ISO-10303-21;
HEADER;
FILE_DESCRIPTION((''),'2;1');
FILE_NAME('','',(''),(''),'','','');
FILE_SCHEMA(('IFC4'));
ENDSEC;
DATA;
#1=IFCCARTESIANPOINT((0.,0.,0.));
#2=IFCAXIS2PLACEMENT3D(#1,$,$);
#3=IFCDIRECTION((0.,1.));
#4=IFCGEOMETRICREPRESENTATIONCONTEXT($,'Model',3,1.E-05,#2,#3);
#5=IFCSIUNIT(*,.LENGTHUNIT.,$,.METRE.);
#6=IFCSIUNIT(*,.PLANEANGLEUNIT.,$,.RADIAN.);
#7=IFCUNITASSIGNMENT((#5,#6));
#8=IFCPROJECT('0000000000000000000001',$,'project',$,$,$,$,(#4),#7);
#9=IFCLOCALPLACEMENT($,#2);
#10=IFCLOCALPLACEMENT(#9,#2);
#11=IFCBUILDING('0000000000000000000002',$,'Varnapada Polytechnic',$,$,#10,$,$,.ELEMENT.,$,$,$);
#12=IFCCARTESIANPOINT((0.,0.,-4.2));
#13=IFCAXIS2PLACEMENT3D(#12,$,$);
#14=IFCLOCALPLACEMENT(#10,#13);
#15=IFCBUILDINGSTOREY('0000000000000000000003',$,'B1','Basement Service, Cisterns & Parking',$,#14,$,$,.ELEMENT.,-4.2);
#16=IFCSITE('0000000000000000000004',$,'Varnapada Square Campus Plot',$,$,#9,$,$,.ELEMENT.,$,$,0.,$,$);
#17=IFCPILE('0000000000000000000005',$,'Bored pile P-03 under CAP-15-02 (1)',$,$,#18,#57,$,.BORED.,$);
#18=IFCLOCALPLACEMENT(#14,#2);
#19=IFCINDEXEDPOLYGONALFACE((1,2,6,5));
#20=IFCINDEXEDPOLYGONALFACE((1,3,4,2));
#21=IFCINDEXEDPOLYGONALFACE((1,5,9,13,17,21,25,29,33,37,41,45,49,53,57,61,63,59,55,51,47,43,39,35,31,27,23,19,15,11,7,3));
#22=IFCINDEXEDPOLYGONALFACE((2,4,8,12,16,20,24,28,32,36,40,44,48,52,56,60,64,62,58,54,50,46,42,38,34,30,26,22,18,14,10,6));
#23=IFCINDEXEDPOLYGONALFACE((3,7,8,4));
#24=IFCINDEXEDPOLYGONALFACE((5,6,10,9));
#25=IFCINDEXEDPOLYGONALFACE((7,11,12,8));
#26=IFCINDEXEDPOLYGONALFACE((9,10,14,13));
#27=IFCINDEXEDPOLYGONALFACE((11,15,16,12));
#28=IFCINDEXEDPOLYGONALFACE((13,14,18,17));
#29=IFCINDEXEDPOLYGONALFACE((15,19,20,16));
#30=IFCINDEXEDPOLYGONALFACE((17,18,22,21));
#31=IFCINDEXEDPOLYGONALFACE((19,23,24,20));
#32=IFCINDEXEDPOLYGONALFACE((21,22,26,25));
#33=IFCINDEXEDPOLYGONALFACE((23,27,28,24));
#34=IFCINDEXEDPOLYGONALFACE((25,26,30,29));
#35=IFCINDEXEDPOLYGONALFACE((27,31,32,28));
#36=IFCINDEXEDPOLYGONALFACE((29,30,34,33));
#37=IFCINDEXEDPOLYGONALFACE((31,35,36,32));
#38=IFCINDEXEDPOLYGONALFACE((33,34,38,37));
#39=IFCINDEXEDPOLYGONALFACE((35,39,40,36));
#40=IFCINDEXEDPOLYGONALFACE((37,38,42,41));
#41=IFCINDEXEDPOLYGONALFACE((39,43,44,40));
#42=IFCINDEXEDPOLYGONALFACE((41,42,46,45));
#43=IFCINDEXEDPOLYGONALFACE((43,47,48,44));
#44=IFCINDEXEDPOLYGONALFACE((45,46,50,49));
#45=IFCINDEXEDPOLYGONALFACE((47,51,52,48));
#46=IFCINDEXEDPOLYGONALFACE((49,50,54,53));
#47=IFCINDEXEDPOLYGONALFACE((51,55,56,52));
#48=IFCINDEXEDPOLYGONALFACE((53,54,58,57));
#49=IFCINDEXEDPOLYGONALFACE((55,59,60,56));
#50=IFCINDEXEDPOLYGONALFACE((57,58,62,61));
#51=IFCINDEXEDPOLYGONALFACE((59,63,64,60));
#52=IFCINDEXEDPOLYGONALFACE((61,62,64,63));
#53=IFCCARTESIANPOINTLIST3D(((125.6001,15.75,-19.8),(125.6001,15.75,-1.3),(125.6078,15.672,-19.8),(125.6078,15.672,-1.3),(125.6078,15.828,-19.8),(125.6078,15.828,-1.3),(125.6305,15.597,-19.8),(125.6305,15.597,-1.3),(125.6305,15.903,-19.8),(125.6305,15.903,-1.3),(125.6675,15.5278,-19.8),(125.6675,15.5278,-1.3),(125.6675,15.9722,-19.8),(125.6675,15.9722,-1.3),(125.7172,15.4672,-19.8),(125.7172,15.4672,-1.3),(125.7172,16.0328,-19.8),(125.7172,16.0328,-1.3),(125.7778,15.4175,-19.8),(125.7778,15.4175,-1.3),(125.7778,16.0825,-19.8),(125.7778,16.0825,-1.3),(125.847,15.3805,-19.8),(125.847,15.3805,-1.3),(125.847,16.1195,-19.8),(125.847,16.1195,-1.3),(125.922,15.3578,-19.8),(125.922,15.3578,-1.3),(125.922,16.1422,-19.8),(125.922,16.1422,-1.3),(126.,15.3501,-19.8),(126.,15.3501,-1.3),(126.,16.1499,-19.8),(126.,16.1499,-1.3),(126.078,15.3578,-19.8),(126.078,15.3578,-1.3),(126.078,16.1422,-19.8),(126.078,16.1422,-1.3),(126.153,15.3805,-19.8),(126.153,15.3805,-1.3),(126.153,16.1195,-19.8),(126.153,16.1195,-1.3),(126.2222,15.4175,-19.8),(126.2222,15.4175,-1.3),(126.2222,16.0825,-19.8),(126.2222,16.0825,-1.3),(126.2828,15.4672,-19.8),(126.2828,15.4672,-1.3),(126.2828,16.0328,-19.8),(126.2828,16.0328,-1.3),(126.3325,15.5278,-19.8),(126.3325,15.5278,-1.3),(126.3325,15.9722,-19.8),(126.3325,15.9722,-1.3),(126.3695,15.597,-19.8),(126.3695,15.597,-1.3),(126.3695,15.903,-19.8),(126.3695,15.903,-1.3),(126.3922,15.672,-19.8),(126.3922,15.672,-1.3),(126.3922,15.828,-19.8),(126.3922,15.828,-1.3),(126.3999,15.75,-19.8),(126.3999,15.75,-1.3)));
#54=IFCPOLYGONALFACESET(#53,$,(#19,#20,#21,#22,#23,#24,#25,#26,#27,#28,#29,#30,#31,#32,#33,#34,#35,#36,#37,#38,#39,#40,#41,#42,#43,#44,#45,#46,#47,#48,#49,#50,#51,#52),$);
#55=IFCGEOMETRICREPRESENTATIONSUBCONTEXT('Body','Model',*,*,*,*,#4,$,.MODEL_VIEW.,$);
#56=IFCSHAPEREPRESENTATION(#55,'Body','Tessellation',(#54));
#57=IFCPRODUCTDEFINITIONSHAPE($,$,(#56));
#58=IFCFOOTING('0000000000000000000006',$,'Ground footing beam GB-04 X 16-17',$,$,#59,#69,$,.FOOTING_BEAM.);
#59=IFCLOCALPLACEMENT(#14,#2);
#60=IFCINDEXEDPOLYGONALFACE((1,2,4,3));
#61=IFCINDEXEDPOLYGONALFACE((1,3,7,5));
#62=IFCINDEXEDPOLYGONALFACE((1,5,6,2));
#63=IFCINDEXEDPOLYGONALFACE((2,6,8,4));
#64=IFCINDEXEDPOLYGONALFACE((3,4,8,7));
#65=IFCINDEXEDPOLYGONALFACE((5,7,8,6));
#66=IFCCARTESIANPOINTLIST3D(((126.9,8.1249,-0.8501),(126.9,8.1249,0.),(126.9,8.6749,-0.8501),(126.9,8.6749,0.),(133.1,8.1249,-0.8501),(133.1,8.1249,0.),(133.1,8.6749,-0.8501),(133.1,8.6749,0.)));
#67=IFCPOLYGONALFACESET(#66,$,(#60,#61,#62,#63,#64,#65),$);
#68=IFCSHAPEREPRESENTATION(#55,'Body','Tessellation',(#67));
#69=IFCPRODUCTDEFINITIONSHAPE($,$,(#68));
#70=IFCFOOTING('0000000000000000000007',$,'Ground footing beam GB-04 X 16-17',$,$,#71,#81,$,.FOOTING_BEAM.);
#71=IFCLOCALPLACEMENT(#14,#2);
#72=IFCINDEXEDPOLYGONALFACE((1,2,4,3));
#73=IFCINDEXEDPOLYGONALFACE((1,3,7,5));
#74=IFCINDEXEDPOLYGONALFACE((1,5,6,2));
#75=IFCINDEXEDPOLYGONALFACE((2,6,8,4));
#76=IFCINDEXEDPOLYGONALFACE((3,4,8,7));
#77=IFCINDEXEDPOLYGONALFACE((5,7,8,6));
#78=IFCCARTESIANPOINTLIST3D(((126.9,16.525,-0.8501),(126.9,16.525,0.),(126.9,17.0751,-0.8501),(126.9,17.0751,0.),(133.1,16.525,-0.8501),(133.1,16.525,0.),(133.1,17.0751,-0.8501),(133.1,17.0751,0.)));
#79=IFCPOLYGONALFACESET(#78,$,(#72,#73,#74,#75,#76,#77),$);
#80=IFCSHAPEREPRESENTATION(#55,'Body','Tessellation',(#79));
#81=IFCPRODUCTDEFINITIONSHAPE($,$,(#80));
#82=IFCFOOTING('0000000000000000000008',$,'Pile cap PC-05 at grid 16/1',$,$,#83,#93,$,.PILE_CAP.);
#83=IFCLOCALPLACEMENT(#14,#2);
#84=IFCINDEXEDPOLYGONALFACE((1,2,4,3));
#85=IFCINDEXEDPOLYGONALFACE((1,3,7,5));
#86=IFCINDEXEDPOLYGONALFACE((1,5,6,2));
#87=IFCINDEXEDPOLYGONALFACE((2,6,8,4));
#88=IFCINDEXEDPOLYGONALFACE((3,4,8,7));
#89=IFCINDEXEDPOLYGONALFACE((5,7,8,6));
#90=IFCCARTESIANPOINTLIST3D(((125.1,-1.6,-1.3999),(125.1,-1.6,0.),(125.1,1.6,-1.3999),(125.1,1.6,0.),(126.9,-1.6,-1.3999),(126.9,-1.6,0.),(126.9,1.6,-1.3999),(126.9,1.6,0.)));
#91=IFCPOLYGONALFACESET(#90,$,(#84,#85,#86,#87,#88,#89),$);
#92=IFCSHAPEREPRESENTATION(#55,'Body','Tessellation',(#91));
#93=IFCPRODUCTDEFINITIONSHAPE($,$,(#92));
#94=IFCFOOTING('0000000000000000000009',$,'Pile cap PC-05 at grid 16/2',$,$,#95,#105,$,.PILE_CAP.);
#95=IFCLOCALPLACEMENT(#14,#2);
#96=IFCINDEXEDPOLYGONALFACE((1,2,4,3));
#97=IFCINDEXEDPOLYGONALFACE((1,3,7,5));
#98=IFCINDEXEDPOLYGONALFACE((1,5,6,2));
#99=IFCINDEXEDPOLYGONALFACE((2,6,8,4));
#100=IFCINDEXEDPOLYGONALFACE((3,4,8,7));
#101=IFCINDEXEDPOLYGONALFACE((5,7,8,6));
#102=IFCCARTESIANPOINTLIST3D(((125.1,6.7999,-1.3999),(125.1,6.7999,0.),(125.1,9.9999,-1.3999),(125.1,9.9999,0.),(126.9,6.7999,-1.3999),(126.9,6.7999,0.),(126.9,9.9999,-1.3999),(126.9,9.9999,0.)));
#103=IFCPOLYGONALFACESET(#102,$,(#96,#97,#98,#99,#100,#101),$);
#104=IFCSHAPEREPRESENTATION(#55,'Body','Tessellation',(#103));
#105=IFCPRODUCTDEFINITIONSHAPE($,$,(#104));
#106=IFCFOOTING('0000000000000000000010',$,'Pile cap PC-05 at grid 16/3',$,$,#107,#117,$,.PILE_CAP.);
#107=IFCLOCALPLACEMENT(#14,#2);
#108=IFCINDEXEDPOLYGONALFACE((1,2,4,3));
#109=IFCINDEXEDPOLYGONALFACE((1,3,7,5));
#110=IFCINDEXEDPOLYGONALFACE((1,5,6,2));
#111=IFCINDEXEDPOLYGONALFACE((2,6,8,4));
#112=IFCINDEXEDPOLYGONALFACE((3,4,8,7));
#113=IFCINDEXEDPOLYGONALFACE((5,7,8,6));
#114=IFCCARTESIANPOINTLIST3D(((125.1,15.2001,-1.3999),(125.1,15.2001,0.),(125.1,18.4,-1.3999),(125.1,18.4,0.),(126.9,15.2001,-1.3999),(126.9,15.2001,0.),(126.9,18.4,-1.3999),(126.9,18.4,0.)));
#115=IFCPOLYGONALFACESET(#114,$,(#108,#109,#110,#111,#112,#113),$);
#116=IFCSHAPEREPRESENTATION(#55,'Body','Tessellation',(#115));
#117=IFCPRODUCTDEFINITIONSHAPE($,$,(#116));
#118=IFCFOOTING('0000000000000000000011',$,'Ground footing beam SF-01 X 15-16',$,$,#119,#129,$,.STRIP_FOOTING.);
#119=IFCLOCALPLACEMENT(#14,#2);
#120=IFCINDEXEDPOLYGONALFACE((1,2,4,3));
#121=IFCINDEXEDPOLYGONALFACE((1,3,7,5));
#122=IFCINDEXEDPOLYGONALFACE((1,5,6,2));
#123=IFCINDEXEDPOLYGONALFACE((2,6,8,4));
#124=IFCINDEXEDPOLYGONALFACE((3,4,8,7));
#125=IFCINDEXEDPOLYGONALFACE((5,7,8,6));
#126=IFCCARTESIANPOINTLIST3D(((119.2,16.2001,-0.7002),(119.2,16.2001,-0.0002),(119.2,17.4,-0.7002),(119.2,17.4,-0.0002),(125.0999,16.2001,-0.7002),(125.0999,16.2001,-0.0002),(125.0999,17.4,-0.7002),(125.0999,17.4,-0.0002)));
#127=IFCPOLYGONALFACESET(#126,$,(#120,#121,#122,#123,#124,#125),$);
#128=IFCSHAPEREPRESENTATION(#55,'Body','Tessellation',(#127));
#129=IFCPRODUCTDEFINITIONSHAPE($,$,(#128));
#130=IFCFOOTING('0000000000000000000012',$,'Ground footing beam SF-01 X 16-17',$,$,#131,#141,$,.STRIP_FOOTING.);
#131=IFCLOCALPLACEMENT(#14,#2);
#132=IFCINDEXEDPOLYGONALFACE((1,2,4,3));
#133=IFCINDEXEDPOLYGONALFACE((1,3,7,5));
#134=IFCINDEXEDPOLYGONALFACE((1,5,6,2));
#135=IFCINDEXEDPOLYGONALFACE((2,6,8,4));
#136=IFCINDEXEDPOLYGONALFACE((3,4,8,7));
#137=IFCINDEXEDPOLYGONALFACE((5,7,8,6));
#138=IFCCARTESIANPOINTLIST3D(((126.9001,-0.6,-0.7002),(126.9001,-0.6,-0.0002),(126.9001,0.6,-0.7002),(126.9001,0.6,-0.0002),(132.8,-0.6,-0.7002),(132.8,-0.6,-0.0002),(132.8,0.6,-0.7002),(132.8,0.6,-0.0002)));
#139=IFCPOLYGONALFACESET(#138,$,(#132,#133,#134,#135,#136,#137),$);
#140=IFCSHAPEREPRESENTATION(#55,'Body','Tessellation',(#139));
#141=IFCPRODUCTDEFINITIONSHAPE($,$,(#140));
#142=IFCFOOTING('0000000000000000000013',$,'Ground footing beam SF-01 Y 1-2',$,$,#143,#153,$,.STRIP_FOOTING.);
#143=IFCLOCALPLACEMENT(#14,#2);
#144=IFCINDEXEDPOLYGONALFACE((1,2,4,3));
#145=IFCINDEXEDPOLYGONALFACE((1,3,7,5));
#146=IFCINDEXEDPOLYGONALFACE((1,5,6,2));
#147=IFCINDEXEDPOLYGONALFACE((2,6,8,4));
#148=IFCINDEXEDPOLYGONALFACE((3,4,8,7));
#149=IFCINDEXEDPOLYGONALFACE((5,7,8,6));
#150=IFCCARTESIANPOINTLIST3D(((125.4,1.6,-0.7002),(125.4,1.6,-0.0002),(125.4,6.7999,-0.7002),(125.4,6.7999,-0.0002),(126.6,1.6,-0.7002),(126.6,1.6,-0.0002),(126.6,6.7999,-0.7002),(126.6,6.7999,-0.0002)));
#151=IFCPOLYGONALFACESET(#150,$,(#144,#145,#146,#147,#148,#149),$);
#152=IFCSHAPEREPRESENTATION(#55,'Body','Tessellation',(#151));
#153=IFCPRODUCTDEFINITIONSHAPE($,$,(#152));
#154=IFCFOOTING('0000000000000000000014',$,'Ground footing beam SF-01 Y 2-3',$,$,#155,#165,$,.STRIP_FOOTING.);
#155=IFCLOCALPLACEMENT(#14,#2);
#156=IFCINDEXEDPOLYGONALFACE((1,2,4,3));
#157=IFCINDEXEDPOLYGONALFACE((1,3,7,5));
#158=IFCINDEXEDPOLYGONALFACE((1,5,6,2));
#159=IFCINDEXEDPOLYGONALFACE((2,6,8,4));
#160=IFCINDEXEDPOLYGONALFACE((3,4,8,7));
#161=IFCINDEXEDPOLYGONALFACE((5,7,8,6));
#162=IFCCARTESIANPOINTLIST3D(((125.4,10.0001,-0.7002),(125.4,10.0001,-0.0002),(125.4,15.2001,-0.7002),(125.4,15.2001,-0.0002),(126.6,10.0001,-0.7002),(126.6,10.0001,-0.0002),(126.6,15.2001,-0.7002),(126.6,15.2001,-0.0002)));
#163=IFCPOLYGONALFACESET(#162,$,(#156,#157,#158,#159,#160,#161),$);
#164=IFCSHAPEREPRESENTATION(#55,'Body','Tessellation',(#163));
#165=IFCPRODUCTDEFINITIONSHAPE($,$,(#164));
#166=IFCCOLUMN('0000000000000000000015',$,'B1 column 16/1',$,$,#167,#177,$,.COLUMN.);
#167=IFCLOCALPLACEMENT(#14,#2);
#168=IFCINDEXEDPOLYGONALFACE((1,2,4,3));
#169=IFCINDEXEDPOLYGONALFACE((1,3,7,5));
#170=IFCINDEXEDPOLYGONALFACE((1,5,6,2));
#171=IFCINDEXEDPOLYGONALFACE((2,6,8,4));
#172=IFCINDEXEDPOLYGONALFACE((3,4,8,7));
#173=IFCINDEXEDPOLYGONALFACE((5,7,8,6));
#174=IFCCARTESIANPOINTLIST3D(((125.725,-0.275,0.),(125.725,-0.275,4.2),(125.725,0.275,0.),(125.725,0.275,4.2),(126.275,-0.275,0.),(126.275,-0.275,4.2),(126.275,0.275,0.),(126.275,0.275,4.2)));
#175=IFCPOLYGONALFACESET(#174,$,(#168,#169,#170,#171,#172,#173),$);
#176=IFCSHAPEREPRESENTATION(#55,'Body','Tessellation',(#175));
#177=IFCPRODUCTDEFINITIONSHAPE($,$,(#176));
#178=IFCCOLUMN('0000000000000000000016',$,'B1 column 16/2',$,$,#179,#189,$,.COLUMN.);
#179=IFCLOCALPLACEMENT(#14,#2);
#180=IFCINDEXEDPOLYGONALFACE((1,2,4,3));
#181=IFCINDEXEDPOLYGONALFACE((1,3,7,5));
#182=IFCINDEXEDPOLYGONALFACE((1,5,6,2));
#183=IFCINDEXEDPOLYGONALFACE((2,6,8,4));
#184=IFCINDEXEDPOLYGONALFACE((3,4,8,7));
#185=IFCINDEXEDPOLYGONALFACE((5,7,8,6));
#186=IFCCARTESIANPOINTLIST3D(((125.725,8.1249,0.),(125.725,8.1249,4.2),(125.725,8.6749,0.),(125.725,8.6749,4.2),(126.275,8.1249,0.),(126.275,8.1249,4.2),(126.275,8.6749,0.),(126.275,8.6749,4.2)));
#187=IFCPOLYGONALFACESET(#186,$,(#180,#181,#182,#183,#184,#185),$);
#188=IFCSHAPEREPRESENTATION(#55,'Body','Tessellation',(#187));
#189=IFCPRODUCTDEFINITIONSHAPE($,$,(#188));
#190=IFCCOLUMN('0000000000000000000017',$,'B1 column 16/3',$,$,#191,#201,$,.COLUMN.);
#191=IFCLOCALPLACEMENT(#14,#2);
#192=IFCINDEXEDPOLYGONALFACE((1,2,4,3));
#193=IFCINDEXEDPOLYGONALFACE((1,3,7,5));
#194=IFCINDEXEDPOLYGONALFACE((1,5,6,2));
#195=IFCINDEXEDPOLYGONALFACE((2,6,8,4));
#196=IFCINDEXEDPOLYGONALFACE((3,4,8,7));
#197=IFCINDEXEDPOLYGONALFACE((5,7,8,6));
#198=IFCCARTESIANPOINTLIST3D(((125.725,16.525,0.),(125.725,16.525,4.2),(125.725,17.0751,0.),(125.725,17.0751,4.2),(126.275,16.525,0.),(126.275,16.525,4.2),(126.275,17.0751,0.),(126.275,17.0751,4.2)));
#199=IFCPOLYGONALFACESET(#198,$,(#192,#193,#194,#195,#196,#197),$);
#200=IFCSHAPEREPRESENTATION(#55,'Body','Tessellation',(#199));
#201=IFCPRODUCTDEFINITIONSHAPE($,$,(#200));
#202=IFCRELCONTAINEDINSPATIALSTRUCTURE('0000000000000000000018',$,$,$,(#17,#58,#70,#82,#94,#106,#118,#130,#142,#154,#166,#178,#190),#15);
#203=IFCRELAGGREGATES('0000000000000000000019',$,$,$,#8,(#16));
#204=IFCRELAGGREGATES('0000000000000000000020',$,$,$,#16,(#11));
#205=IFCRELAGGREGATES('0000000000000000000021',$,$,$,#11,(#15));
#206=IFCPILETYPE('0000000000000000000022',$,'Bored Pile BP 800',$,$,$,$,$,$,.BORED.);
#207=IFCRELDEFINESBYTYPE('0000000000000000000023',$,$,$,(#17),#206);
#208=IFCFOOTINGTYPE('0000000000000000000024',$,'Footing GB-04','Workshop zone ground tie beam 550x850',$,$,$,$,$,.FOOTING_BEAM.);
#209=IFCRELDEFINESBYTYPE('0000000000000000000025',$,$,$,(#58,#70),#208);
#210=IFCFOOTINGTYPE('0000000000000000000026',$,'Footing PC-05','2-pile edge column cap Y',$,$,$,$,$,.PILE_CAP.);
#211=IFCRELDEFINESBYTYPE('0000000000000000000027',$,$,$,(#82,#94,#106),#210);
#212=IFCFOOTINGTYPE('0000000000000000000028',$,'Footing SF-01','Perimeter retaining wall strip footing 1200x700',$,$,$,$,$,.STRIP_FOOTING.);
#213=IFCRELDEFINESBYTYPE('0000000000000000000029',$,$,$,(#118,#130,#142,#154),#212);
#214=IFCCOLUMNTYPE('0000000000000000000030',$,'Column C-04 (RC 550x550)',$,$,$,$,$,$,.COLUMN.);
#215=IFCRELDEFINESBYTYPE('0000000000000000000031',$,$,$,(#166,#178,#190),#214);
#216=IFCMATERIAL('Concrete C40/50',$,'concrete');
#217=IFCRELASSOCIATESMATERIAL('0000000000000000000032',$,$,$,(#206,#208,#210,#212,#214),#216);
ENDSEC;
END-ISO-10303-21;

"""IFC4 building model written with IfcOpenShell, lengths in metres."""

from ifc_helpers import new_model, si_unit, direction, frame, origin, origin_2d, place, context, subcontext, project, spatial, rectangle, circle, extrude, material, material_profile, profile_set, type_object, element, save


model = new_model("IFC4")

# Units and contexts
model_context = context("Model", 3, precision=1e-05, world=origin(), true_north=direction((0.0, 1.0)))
body_context = subcontext(model_context, "Body", "Model", "MODEL_VIEW")
ifc_project = project(units=[si_unit("LENGTHUNIT", "METRE"), si_unit("PLANEANGLEUNIT", "RADIAN")], contexts=[model_context])

# Site, building, storey
site_placement = place(None, origin())
site = spatial("IfcSite", under=ifc_project, at=site_placement, Name="Varnapada Square Campus Plot", CompositionType="ELEMENT", RefElevation=0.0)
building_placement = place(site_placement, origin())
building = spatial("IfcBuilding", under=site, at=building_placement, Name="Varnapada Polytechnic", CompositionType="ELEMENT")
storey_placement = place(building_placement, frame((0.0, 0.0, -4.2)))
storey = spatial("IfcBuildingStorey", under=building, at=storey_placement, Name="B1", Description="Basement Service, Cisterns & Parking", CompositionType="ELEMENT", Elevation=-4.2)

# Pile
ifc_material_1 = material(Name="Concrete C40/50", Category="concrete")
ifc_material_profile_1 = material_profile(ifc_material_1, circle(Radius=0.3999, at=origin_2d()), Name="BP 800")
ifc_profile_set_1 = profile_set([ifc_material_profile_1], Name="Concrete C40/50")
pile_type = type_object("IfcPileType", Name="Bored Pile BP 800", PredefinedType="BORED", material=ifc_profile_set_1)
for number, where, z_axis, x_axis, name in (
    (1, (126.0, 15.75, -1.3), (0.0, 0.0, -1.0), (1.0, 0.0, 0.0), "Bored pile P-03 under CAP-15-02 (1)"),
):
    element("IfcPile", number, at=place(storey_placement, frame(where, z_axis=z_axis, x_axis=x_axis)), inside=storey, type_object=pile_type, Name=name, PredefinedType="BORED", context=body_context, shape_type="SweptSolid", body=[
        extrude(circle(Radius=0.3999, at=origin_2d()), origin(), (0.0, 0.0, 1.0), 18.5),
    ])

# Footings
footing_type_1 = type_object("IfcFootingType", Name="Footing GB-04", Description="Workshop zone ground tie beam 550x850", PredefinedType="FOOTING_BEAM", material=ifc_material_1)
for number, where, z_axis, x_axis, name in (
    (2, (130.0, 8.3999, -0.8501), (0.0, 0.0, 1.0), (1.0, 0.0, 0.0), "Ground footing beam GB-04 X 16-17"),
    (3, (130.0, 16.8, -0.8501), (0.0, 0.0, 1.0), (1.0, 0.0, 0.0), "Ground footing beam GB-04 X 16-17"),
):
    element("IfcFooting", number, at=place(storey_placement, frame(where, z_axis=z_axis, x_axis=x_axis)), inside=storey, type_object=footing_type_1, Name=name, PredefinedType="FOOTING_BEAM", context=body_context, shape_type="SweptSolid", body=[
        extrude(rectangle(XDim=6.2, YDim=0.55, at=origin_2d()), origin(), (0.0, 0.0, 1.0), 0.8501),
    ])
footing_type_2 = type_object("IfcFootingType", Name="Footing PC-05", Description="2-pile edge column cap Y", PredefinedType="PILE_CAP", material=ifc_material_1)
for number, where, z_axis, x_axis, name in (
    (4, (126.0, 0.0, -1.3999), (0.0, 0.0, 1.0), (1.0, 0.0, 0.0), "Pile cap PC-05 at grid 16/1"),
    (5, (126.0, 8.3999, -1.3999), (0.0, 0.0, 1.0), (1.0, 0.0, 0.0), "Pile cap PC-05 at grid 16/2"),
    (6, (126.0, 16.8, -1.3999), (0.0, 0.0, 1.0), (1.0, 0.0, 0.0), "Pile cap PC-05 at grid 16/3"),
):
    element("IfcFooting", number, at=place(storey_placement, frame(where, z_axis=z_axis, x_axis=x_axis)), inside=storey, type_object=footing_type_2, Name=name, PredefinedType="PILE_CAP", context=body_context, shape_type="SweptSolid", body=[
        extrude(rectangle(XDim=1.8, YDim=3.2, at=origin_2d()), origin(), (0.0, 0.0, 1.0), 1.3999),
    ])
footing_type_3 = type_object("IfcFootingType", Name="Footing SF-01", Description="Perimeter retaining wall strip footing 1200x700", PredefinedType="STRIP_FOOTING", material=ifc_material_1)
for number, where, z_axis, x_axis, name in (
    (7, (122.1499, 16.8, -0.7002), (0.0, 0.0, 1.0), (1.0, 0.0, 0.0), "Ground footing beam SF-01 X 15-16"),
    (8, (129.8501, 0.0, -0.7002), (0.0, 0.0, 1.0), (1.0, 0.0, 0.0), "Ground footing beam SF-01 X 16-17"),
):
    element("IfcFooting", number, at=place(storey_placement, frame(where, z_axis=z_axis, x_axis=x_axis)), inside=storey, type_object=footing_type_3, Name=name, PredefinedType="STRIP_FOOTING", context=body_context, shape_type="SweptSolid", body=[
        extrude(rectangle(XDim=5.8999, YDim=1.2, at=origin_2d()), origin(), (0.0, 0.0, 1.0), 0.7),
    ])
for number, where, z_axis, x_axis, name in (
    (9, (126.0, 4.2, -0.7002), (0.0, 0.0, 1.0), (0.0, 1.0, 0.0), "Ground footing beam SF-01 Y 1-2"),
    (10, (126.0, 12.6001, -0.7002), (0.0, 0.0, 1.0), (0.0, 1.0, 0.0), "Ground footing beam SF-01 Y 2-3"),
):
    element("IfcFooting", number, at=place(storey_placement, frame(where, z_axis=z_axis, x_axis=x_axis)), inside=storey, type_object=footing_type_3, Name=name, PredefinedType="STRIP_FOOTING", context=body_context, shape_type="SweptSolid", body=[
        extrude(rectangle(XDim=5.2, YDim=1.2, at=origin_2d()), origin(), (0.0, 0.0, 1.0), 0.7),
    ])

# Columns
ifc_material_profile_2 = material_profile(ifc_material_1, rectangle(XDim=0.55, YDim=0.55, at=origin_2d()), Name="RC 550x550")
ifc_profile_set_2 = profile_set([ifc_material_profile_2], Name="Concrete C40/50")
column_type = type_object("IfcColumnType", Name="Column C-04 (RC 550x550)", PredefinedType="COLUMN", material=ifc_profile_set_2)
for number, where, z_axis, x_axis, name in (
    (11, (126.0, 0.0, 0.0), (0.0, 0.0, 1.0), (1.0, 0.0, 0.0), "B1 column 16/1"),
    (12, (126.0, 8.3999, 0.0), (0.0, 0.0, 1.0), (1.0, 0.0, 0.0), "B1 column 16/2"),
    (13, (126.0, 16.8, 0.0), (0.0, 0.0, 1.0), (1.0, 0.0, 0.0), "B1 column 16/3"),
):
    element("IfcColumn", number, at=place(storey_placement, frame(where, z_axis=z_axis, x_axis=x_axis)), inside=storey, type_object=column_type, Name=name, PredefinedType="COLUMN", context=body_context, shape_type="SweptSolid", body=[
        extrude(rectangle(XDim=0.55, YDim=0.55, at=origin_2d()), origin(), (0.0, 0.0, 1.0), 4.2),
    ])

save(model, "model.ifc")
